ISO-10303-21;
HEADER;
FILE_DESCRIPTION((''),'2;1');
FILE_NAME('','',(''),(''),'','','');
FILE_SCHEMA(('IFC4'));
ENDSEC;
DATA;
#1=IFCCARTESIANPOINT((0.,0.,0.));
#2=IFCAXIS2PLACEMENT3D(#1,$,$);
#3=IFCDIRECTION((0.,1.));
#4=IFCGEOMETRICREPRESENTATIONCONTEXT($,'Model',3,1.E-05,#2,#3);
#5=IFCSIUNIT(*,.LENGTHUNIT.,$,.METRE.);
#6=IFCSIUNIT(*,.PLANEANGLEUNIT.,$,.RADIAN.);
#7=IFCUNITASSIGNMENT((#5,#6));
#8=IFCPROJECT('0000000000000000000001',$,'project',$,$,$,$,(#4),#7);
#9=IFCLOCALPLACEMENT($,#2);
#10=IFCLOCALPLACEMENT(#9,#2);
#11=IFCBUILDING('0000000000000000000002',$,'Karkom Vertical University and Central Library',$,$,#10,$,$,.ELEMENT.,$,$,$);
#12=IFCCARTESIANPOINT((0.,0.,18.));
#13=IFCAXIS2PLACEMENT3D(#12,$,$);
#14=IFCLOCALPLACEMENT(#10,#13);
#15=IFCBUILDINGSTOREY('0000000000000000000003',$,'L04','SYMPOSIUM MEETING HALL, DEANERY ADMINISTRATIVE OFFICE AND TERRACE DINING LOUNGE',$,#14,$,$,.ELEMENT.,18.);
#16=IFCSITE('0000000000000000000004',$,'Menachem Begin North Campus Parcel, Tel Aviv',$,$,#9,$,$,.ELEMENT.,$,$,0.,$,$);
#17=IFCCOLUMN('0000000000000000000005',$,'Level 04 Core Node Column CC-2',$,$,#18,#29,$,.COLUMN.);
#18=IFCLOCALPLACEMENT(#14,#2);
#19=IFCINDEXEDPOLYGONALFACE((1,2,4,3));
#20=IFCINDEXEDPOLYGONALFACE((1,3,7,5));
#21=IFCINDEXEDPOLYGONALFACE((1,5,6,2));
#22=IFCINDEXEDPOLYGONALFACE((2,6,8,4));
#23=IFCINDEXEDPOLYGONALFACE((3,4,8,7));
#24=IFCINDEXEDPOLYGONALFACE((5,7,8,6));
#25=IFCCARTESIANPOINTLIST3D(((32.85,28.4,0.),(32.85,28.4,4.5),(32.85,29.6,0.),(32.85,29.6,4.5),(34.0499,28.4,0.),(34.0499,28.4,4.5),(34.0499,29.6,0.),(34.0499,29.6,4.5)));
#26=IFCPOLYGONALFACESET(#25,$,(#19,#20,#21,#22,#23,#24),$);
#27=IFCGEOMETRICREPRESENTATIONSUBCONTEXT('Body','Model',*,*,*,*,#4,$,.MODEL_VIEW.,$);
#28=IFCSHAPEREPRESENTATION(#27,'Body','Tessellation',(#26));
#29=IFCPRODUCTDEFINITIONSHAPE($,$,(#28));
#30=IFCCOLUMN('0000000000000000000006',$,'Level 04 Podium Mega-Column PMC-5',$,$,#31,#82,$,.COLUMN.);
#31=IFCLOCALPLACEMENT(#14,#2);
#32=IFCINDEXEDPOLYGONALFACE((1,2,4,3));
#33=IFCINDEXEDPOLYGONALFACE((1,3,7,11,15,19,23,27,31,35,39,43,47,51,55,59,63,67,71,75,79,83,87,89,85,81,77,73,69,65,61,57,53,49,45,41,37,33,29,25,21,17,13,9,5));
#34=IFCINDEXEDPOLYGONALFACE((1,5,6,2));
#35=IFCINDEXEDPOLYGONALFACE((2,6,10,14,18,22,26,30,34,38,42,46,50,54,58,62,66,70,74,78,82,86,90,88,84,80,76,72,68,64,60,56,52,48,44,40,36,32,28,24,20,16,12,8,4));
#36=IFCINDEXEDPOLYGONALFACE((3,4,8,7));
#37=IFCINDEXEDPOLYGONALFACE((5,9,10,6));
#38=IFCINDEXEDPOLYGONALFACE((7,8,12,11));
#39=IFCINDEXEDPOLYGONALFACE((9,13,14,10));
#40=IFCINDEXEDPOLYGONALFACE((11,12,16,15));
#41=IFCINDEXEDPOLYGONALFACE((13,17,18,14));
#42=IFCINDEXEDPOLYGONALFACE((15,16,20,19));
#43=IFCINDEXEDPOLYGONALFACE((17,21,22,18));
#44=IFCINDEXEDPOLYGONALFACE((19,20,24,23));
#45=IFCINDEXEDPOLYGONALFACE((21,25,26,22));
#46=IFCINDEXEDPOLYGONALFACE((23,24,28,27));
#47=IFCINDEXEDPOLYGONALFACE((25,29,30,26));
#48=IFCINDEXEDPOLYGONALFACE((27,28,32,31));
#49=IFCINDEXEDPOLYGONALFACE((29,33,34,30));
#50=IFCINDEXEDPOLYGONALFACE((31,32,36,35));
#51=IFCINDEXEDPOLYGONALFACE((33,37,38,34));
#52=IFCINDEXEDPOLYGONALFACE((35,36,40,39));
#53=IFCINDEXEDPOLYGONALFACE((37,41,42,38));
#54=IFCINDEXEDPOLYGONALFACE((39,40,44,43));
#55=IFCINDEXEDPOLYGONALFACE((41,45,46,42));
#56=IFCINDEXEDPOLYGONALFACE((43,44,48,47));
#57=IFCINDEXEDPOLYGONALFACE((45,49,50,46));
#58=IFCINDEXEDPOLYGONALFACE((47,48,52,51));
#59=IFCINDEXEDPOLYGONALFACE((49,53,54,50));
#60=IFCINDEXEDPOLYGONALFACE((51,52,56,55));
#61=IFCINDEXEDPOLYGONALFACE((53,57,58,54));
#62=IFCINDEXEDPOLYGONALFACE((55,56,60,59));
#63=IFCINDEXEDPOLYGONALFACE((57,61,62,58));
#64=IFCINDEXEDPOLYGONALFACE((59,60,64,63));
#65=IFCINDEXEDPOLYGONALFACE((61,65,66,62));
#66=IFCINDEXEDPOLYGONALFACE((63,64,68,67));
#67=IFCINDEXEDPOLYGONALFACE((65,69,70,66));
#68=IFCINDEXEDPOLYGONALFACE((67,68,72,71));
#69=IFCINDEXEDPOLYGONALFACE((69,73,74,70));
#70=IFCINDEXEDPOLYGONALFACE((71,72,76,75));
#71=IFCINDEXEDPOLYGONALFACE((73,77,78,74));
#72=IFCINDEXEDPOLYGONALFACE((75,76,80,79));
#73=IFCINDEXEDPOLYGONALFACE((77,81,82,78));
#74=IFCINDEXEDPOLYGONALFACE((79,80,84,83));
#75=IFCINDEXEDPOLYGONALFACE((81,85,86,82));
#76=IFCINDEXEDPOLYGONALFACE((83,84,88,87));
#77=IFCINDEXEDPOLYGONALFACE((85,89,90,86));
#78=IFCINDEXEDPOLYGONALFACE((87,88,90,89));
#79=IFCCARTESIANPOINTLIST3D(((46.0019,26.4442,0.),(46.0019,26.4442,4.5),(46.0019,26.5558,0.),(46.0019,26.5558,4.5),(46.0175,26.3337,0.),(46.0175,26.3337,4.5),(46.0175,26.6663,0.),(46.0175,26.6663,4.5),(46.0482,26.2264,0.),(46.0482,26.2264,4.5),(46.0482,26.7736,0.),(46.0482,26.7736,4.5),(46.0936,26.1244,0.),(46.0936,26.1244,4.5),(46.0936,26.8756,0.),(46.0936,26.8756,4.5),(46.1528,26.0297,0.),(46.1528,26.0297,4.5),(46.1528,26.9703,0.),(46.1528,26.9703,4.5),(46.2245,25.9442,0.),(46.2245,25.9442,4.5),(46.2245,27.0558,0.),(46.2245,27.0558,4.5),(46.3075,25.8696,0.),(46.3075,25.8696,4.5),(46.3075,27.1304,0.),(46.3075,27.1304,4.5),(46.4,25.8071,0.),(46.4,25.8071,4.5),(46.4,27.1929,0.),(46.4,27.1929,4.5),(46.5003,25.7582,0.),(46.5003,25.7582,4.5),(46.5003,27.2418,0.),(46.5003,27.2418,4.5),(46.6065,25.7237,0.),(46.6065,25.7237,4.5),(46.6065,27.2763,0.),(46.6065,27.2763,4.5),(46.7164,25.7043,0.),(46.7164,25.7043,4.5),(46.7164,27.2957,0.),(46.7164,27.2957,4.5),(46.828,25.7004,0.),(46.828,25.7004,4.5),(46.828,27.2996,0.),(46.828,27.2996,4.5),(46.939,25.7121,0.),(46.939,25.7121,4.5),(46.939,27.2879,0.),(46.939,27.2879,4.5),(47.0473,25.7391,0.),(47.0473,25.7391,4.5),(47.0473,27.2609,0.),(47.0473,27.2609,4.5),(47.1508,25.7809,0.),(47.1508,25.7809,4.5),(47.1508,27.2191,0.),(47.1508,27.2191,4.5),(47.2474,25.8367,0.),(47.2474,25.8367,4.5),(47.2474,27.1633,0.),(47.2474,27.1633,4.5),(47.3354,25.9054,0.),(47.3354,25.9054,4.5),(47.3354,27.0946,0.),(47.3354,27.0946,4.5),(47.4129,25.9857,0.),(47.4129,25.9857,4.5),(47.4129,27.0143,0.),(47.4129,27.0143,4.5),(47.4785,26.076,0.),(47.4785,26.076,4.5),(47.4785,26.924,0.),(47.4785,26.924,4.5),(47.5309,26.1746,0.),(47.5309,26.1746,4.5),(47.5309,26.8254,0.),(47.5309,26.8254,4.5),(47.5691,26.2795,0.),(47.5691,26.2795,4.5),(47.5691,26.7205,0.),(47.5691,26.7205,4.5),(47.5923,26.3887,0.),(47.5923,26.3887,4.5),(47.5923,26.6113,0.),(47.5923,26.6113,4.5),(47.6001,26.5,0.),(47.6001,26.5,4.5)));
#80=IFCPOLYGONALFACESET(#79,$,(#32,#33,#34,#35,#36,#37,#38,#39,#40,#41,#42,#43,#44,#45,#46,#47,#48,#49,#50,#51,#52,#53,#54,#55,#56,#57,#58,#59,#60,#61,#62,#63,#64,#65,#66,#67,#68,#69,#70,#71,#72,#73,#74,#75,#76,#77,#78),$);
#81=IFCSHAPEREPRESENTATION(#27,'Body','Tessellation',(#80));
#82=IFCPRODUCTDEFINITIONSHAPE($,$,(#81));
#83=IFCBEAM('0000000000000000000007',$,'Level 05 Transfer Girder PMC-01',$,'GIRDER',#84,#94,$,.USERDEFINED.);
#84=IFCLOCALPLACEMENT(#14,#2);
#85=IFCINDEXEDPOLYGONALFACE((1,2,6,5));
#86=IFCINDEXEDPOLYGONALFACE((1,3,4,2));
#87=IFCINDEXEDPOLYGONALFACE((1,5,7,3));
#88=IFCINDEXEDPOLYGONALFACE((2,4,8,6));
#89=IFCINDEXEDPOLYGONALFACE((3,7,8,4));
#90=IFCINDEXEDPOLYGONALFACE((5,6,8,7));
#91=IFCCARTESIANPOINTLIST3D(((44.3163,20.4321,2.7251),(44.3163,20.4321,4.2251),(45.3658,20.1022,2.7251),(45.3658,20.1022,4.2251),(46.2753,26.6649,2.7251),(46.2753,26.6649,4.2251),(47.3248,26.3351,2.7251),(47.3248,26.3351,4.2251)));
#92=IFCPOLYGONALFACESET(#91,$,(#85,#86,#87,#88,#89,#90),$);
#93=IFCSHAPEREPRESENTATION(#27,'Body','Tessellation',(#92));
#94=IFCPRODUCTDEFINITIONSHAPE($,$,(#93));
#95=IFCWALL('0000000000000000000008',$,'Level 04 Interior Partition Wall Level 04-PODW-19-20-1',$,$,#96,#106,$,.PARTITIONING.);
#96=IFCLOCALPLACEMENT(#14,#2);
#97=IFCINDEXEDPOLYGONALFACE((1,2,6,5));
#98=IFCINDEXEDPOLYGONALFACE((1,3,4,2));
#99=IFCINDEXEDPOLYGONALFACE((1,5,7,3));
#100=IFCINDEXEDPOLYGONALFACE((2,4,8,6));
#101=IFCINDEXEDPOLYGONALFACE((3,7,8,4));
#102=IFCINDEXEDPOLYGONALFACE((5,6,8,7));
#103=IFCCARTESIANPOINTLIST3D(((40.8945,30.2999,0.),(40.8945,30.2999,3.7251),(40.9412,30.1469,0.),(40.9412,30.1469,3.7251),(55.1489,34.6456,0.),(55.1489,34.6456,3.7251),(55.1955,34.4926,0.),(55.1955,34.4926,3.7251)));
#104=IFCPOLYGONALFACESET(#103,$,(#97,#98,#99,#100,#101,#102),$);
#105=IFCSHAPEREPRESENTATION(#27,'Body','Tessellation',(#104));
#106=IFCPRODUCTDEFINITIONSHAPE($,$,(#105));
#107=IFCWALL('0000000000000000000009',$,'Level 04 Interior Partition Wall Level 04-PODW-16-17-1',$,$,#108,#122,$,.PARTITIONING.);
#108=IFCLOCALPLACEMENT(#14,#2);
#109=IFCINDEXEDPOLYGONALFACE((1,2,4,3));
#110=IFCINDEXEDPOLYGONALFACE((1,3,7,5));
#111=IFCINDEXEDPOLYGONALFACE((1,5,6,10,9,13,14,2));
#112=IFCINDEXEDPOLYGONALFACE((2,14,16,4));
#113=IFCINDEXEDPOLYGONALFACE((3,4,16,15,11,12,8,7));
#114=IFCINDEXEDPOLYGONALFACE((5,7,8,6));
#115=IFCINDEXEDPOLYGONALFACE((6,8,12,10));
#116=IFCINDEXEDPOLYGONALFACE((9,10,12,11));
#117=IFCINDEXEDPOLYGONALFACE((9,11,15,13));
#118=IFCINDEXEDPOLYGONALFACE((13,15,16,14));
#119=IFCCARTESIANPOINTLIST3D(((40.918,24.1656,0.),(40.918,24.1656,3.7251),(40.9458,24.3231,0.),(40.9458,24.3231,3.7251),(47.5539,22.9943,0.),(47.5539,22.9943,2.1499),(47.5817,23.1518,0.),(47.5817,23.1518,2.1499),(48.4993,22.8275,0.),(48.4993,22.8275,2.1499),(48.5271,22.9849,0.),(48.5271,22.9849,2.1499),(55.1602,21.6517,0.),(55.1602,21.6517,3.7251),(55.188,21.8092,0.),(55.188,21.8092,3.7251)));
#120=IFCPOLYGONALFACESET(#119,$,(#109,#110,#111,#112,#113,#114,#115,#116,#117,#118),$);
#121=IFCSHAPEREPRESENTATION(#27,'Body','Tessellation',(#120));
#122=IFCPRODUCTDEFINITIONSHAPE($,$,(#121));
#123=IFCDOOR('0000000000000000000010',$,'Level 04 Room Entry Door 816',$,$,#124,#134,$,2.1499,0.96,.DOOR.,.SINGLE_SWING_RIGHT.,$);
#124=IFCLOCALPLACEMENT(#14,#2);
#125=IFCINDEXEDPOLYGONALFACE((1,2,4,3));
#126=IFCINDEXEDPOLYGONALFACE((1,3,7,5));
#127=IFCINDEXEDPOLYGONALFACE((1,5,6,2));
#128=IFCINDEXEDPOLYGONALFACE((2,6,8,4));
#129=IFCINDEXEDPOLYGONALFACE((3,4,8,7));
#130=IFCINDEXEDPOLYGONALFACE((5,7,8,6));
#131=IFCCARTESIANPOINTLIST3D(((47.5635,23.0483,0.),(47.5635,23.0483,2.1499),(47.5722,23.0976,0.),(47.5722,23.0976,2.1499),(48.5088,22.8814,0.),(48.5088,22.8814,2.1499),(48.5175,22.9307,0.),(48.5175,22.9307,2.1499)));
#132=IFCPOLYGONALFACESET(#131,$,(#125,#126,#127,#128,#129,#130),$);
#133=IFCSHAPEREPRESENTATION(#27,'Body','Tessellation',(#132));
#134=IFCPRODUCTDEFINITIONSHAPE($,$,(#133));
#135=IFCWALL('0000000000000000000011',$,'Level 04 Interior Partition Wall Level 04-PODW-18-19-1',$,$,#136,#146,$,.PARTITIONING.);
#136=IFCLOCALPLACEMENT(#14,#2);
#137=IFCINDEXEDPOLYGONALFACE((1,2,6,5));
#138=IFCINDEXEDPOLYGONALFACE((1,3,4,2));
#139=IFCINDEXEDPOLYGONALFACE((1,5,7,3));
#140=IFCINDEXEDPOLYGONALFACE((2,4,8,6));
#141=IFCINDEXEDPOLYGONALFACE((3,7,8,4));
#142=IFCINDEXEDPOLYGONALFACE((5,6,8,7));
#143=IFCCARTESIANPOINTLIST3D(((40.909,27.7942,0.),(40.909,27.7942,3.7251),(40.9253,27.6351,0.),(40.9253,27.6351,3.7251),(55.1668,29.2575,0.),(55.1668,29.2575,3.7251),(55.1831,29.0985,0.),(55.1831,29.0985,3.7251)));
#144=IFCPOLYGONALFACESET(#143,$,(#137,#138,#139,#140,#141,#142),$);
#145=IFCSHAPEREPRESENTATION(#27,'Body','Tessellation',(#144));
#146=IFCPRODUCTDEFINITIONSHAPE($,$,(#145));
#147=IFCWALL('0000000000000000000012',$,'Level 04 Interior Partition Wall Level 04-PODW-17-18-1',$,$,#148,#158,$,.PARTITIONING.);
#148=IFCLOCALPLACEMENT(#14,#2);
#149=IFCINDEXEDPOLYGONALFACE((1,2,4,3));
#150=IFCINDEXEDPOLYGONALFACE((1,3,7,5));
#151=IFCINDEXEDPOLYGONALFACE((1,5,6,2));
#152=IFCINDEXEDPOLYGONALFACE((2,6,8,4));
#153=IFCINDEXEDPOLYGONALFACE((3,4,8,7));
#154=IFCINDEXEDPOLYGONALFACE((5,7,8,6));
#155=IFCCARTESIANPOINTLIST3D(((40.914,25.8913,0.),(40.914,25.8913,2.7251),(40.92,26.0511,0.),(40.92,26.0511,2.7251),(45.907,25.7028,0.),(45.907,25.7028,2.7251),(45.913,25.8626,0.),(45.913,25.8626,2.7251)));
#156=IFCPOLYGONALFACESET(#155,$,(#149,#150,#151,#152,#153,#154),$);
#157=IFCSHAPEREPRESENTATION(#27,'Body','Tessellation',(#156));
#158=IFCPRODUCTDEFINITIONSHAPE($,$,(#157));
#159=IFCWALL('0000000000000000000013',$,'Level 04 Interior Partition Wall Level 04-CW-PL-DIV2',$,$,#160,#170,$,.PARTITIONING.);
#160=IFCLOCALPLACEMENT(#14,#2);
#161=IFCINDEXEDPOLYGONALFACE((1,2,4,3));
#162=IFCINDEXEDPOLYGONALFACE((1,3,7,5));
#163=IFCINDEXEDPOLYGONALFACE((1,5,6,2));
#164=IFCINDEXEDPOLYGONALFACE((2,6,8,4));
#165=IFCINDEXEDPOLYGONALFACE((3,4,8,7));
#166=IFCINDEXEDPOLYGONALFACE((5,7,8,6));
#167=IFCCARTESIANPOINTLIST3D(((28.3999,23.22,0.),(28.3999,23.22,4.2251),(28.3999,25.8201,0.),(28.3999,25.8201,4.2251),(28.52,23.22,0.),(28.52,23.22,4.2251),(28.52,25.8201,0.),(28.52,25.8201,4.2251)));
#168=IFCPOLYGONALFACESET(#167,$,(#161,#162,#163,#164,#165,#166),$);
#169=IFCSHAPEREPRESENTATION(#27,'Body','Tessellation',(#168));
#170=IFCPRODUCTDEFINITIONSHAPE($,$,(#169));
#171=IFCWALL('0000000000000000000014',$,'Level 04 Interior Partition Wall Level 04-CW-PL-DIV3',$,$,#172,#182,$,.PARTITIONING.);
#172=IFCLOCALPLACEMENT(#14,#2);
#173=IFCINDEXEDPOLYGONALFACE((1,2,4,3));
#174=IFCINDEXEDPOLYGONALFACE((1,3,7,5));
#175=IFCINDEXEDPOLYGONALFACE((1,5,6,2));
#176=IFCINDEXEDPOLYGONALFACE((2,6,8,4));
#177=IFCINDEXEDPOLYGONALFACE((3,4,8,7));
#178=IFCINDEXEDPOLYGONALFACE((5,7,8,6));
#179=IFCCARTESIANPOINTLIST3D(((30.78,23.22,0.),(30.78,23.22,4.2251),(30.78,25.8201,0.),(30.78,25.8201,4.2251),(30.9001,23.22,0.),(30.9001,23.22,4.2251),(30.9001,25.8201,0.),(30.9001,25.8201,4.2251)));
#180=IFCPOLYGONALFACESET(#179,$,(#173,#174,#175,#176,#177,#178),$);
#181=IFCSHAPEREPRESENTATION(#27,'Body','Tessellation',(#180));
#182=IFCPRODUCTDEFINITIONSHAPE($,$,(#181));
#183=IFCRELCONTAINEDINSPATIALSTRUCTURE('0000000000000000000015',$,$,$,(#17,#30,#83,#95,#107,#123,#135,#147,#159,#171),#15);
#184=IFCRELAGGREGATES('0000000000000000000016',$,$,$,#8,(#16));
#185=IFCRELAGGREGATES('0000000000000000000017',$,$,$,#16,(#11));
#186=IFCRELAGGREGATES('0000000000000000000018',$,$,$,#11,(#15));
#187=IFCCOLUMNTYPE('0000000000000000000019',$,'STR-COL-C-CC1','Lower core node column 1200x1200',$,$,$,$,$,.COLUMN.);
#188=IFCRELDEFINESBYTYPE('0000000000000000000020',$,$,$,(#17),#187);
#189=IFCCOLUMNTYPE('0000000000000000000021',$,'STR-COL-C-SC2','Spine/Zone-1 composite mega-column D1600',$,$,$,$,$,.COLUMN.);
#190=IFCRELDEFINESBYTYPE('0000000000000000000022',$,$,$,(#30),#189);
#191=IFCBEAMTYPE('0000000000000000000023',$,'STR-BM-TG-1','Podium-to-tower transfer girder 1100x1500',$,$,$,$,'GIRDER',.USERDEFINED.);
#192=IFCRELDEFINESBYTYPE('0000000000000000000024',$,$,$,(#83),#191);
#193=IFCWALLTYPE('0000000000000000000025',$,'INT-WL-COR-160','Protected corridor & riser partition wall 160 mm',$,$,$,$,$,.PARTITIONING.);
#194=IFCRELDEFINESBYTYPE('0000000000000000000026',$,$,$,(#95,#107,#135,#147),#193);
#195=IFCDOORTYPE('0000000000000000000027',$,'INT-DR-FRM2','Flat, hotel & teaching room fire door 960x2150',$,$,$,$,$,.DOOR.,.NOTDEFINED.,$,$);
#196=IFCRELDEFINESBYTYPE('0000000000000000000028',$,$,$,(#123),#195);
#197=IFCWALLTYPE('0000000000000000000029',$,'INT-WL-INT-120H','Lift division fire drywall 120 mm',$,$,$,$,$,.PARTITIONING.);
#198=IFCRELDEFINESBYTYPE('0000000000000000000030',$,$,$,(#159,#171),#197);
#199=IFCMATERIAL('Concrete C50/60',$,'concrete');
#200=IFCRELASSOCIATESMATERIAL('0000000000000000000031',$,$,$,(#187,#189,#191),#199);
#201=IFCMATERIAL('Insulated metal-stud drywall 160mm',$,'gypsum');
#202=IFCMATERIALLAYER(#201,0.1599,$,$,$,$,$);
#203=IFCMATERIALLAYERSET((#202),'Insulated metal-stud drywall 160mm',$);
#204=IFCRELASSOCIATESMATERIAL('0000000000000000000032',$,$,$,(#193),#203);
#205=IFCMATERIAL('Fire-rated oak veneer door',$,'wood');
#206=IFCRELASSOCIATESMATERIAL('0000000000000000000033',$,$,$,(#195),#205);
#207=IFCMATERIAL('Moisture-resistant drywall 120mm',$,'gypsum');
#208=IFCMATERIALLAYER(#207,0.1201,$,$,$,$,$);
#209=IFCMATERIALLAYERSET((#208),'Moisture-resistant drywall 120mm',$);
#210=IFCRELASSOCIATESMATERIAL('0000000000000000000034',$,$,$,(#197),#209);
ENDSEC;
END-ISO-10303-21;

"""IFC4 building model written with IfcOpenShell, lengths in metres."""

from ifc_helpers import new_model, si_unit, direction, frame, frame_2d, origin, origin_with_axes, origin_2d, place, context, subcontext, project, spatial, rectangle, circle, extrude, source, transform, mapped, material, layer, layer_set, material_profile, profile_set, type_object, element, fill, save


model = new_model("IFC4")

# Units and contexts
model_context = context("Model", 3, precision=1e-05, world=origin(), true_north=direction((0.0, 1.0)))
body_context = subcontext(model_context, "Body", "Model", "MODEL_VIEW")
ifc_project = project(units=[si_unit("LENGTHUNIT", "METRE"), si_unit("PLANEANGLEUNIT", "RADIAN")], contexts=[model_context])

# Site, building, storey
site_placement = place(None, origin())
site = spatial("IfcSite", under=ifc_project, at=site_placement, Name="Menachem Begin North Campus Parcel, Tel Aviv", CompositionType="ELEMENT", RefElevation=0.0)
building_placement = place(site_placement, origin())
building = spatial("IfcBuilding", under=site, at=building_placement, Name="Karkom Vertical University and Central Library", CompositionType="ELEMENT")
storey_placement = place(building_placement, frame((0.0, 0.0, 18.0)))
storey = spatial("IfcBuildingStorey", under=building, at=storey_placement, Name="L04", Description="SYMPOSIUM MEETING HALL, DEANERY ADMINISTRATIVE OFFICE AND TERRACE DINING LOUNGE", CompositionType="ELEMENT", Elevation=18.0)

# Columns
ifc_material_1 = material(Name="Concrete C50/60", Category="concrete")
ifc_material_profile_1 = material_profile(ifc_material_1, rectangle(XDim=1.2, YDim=1.2, at=origin_2d()), Name="RC-1200x1200")
ifc_profile_set_1 = profile_set([ifc_material_profile_1], Name="Concrete C50/60")
column_type_1 = type_object("IfcColumnType", Name="STR-COL-C-CC1", Description="Lower core node column 1200x1200", PredefinedType="COLUMN", material=ifc_profile_set_1)
shared_shape_1 = source(origin_with_axes(), body_context, "Body", "SweptSolid", [
    extrude(rectangle(XDim=1.2, YDim=1.2, at=origin_2d()), origin(), (0.0, 0.0, 1.0), 4.5),
])
column_1_placement = place(storey_placement, frame((33.45, 29.0, 0.0), z_axis=(0.0, 0.0, 1.0), x_axis=(1.0, 0.0, 0.0)))
element("IfcColumn", 1, at=column_1_placement, inside=storey, type_object=column_type_1, Name="Level 04 Core Node Column CC-2", PredefinedType="COLUMN", context=body_context, shape_type="MappedRepresentation", body=[
    mapped(shared_shape_1, transform((0.0, 0.0, 0.0), scale=1.0)),
])
ifc_material_profile_2 = material_profile(ifc_material_1, circle(Radius=0.8, at=origin_2d()), Name="CFT-D1600")
ifc_profile_set_2 = profile_set([ifc_material_profile_2], Name="Concrete C50/60")
column_type_2 = type_object("IfcColumnType", Name="STR-COL-C-SC2", Description="Spine/Zone-1 composite mega-column D1600", PredefinedType="COLUMN", material=ifc_profile_set_2)
shared_shape_2 = source(origin_with_axes(), body_context, "Body", "SweptSolid", [
    extrude(circle(Radius=0.8, at=origin_2d()), origin(), (0.0, 0.0, 1.0), 4.5),
])
column_2_placement = place(storey_placement, frame((46.8, 26.5, 0.0), z_axis=(0.0, 0.0, 1.0), x_axis=(1.0, 0.0, 0.0)))
element("IfcColumn", 2, at=column_2_placement, inside=storey, type_object=column_type_2, Name="Level 04 Podium Mega-Column PMC-5", PredefinedType="COLUMN", context=body_context, shape_type="MappedRepresentation", body=[
    mapped(shared_shape_2, transform((0.0, 0.0, 0.0), scale=1.0)),
])

# Beam
ifc_material_profile_3 = material_profile(ifc_material_1, rectangle(XDim=1.1001, YDim=1.5, at=origin_2d()), Name="TG-1100x1500")
ifc_profile_set_3 = profile_set([ifc_material_profile_3], Name="Concrete C50/60")
beam_type = type_object("IfcBeamType", Name="STR-BM-TG-1", Description="Podium-to-tower transfer girder 1100x1500", ElementType="GIRDER", PredefinedType="USERDEFINED", material=ifc_profile_set_3)
shared_shape_3 = source(origin_with_axes(), body_context, "Body", "SweptSolid", [
    extrude(rectangle(XDim=1.1001, YDim=1.5, at=origin_2d()), origin(), (0.0, 0.0, 1.0), 6.5334),
])
beam_placement = place(storey_placement, frame((46.8, 26.5, 3.4751), z_axis=(-0.299836, -0.953991, 0.0), x_axis=(0.953991, -0.299836, 0.0)))
element("IfcBeam", 3, at=beam_placement, inside=storey, type_object=beam_type, Name="Level 05 Transfer Girder PMC-01", ObjectType="GIRDER", PredefinedType="USERDEFINED", context=body_context, shape_type="MappedRepresentation", body=[
    mapped(shared_shape_3, transform((0.0, 0.0, 0.0), scale=1.0)),
])

# Wall
ifc_material_2 = material(Name="Insulated metal-stud drywall 160mm", Category="gypsum")
ifc_layer_1 = layer(ifc_material_2, 0.1599)
ifc_layer_set_1 = layer_set([ifc_layer_1], Name="Insulated metal-stud drywall 160mm")
wall_type_1 = type_object("IfcWallType", Name="INT-WL-COR-160", Description="Protected corridor & riser partition wall 160 mm", PredefinedType="PARTITIONING", material=ifc_layer_set_1)
wall_1_placement = place(storey_placement, frame((40.9177, 30.2234, 0.0), z_axis=(0.0, 0.0, 1.0), x_axis=(0.956535, 0.291617, 0.0)))
element("IfcWall", 4, at=wall_1_placement, inside=storey, type_object=wall_type_1, Name="Level 04 Interior Partition Wall Level 04-PODW-19-20-1", PredefinedType="PARTITIONING", context=body_context, shape_type="SweptSolid", body=[
    extrude(rectangle(XDim=14.9021, YDim=0.1599, at=frame_2d((7.4512, 0.0))), origin(), (0.0, 0.0, 1.0), 3.7251),
])

# Wall, opening, door
wall_2_placement = place(storey_placement, frame((40.9319, 24.2444, 0.0), z_axis=(0.0, 0.0, 1.0), x_axis=(0.984777, -0.173825, 0.0)))
wall_2 = element("IfcWall", 5, at=wall_2_placement, inside=storey, type_object=wall_type_1, Name="Level 04 Interior Partition Wall Level 04-PODW-16-17-1", PredefinedType="PARTITIONING", context=body_context, shape_type="SweptSolid", body=[
    extrude(rectangle(XDim=14.4624, YDim=0.1599, at=frame_2d((7.2312, 0.0))), origin(), (0.0, 0.0, 1.0), 3.7251),
])
opening_1_placement = place(wall_2_placement, frame((6.7385, 0.0, 0.0)))
opening_1 = element("IfcOpeningElement", 6, at=opening_1_placement, cuts=wall_2, PredefinedType="OPENING", context=body_context, shape_type="SweptSolid", body=[
    extrude(rectangle(XDim=0.96, YDim=2.1499, at=frame_2d((0.48, 1.075))), frame((0.0, 0.0898, 0.0), z_axis=(0.0, -1.0, 0.0), x_axis=(1.0, 0.0, 0.0)), (0.0, 0.0, 1.0), 0.1799),
])
ifc_material_3 = material(Name="Fire-rated oak veneer door", Category="wood")
door_type_1 = type_object("IfcDoorType", Name="INT-DR-FRM2", Description="Flat, hotel & teaching room fire door 960x2150", OperationType="NOTDEFINED", PredefinedType="DOOR", material=ifc_material_3)
shared_shape_4 = source(origin_with_axes(), body_context, "Body", "SweptSolid", [
    extrude(rectangle(XDim=0.96, YDim=2.1499, at=frame_2d((0.48, 1.075))), frame((0.0, 0.0249, 0.0), z_axis=(0.0, -1.0, 0.0), x_axis=(1.0, 0.0, 0.0)), (0.0, 0.0, 1.0), 0.05),
])
door_1_placement = place(opening_1_placement, origin())
door_1 = element("IfcDoor", 7, at=door_1_placement, inside=storey, type_object=door_type_1, Name="Level 04 Room Entry Door 816", OperationType="SINGLE_SWING_RIGHT", OverallHeight=2.1499, OverallWidth=0.96, PredefinedType="DOOR", context=body_context, shape_type="MappedRepresentation", body=[
    mapped(shared_shape_4, transform((0.0, 0.0, 0.0), scale=1.0)),
])
fill(opening_1, door_1)

# Walls
wall_3_placement = place(storey_placement, frame((40.917, 27.7146, 0.0), z_axis=(0.0, 0.0, 1.0), x_axis=(0.994774, 0.102101, 0.0)))
element("IfcWall", 8, at=wall_3_placement, inside=storey, type_object=wall_type_1, Name="Level 04 Interior Partition Wall Level 04-PODW-18-19-1", PredefinedType="PARTITIONING", context=body_context, shape_type="SweptSolid", body=[
    extrude(rectangle(XDim=14.3328, YDim=0.1599, at=frame_2d((7.1665, 0.0))), origin(), (0.0, 0.0, 1.0), 3.7251),
])
wall_4_placement = place(storey_placement, frame((40.917, 25.9712, 0.0), z_axis=(0.0, 0.0, 1.0), x_axis=(0.999288, -0.037722, 0.0)))
element("IfcWall", 9, at=wall_4_placement, inside=storey, type_object=wall_type_1, Name="Level 04 Interior Partition Wall Level 04-PODW-17-18-1", PredefinedType="PARTITIONING", context=body_context, shape_type="SweptSolid", body=[
    extrude(rectangle(XDim=4.9966, YDim=0.1599, at=frame_2d((2.4983, 0.0))), origin(), (0.0, 0.0, 1.0), 2.7251),
])
ifc_material_4 = material(Name="Moisture-resistant drywall 120mm", Category="gypsum")
ifc_layer_2 = layer(ifc_material_4, 0.1201)
ifc_layer_set_2 = layer_set([ifc_layer_2], Name="Moisture-resistant drywall 120mm")
wall_type_2 = type_object("IfcWallType", Name="INT-WL-INT-120H", Description="Lift division fire drywall 120 mm", PredefinedType="PARTITIONING", material=ifc_layer_set_2)
for number, where, z_axis, x_axis, name in (
    (10, (28.46, 23.22, 0.0), (0.0, 0.0, 1.0), (0.0, 1.0, 0.0), "Level 04 Interior Partition Wall Level 04-CW-PL-DIV2"),
    (11, (30.8401, 23.22, 0.0), (0.0, 0.0, 1.0), (0.0, 1.0, 0.0), "Level 04 Interior Partition Wall Level 04-CW-PL-DIV3"),
):
    element("IfcWall", number, at=place(storey_placement, frame(where, z_axis=z_axis, x_axis=x_axis)), inside=storey, type_object=wall_type_2, Name=name, PredefinedType="PARTITIONING", context=body_context, shape_type="SweptSolid", body=[
        extrude(rectangle(XDim=2.6001, YDim=0.1201, at=frame_2d((1.3, 0.0))), origin(), (0.0, 0.0, 1.0), 4.2251),
    ])

save(model, "model.ifc")
